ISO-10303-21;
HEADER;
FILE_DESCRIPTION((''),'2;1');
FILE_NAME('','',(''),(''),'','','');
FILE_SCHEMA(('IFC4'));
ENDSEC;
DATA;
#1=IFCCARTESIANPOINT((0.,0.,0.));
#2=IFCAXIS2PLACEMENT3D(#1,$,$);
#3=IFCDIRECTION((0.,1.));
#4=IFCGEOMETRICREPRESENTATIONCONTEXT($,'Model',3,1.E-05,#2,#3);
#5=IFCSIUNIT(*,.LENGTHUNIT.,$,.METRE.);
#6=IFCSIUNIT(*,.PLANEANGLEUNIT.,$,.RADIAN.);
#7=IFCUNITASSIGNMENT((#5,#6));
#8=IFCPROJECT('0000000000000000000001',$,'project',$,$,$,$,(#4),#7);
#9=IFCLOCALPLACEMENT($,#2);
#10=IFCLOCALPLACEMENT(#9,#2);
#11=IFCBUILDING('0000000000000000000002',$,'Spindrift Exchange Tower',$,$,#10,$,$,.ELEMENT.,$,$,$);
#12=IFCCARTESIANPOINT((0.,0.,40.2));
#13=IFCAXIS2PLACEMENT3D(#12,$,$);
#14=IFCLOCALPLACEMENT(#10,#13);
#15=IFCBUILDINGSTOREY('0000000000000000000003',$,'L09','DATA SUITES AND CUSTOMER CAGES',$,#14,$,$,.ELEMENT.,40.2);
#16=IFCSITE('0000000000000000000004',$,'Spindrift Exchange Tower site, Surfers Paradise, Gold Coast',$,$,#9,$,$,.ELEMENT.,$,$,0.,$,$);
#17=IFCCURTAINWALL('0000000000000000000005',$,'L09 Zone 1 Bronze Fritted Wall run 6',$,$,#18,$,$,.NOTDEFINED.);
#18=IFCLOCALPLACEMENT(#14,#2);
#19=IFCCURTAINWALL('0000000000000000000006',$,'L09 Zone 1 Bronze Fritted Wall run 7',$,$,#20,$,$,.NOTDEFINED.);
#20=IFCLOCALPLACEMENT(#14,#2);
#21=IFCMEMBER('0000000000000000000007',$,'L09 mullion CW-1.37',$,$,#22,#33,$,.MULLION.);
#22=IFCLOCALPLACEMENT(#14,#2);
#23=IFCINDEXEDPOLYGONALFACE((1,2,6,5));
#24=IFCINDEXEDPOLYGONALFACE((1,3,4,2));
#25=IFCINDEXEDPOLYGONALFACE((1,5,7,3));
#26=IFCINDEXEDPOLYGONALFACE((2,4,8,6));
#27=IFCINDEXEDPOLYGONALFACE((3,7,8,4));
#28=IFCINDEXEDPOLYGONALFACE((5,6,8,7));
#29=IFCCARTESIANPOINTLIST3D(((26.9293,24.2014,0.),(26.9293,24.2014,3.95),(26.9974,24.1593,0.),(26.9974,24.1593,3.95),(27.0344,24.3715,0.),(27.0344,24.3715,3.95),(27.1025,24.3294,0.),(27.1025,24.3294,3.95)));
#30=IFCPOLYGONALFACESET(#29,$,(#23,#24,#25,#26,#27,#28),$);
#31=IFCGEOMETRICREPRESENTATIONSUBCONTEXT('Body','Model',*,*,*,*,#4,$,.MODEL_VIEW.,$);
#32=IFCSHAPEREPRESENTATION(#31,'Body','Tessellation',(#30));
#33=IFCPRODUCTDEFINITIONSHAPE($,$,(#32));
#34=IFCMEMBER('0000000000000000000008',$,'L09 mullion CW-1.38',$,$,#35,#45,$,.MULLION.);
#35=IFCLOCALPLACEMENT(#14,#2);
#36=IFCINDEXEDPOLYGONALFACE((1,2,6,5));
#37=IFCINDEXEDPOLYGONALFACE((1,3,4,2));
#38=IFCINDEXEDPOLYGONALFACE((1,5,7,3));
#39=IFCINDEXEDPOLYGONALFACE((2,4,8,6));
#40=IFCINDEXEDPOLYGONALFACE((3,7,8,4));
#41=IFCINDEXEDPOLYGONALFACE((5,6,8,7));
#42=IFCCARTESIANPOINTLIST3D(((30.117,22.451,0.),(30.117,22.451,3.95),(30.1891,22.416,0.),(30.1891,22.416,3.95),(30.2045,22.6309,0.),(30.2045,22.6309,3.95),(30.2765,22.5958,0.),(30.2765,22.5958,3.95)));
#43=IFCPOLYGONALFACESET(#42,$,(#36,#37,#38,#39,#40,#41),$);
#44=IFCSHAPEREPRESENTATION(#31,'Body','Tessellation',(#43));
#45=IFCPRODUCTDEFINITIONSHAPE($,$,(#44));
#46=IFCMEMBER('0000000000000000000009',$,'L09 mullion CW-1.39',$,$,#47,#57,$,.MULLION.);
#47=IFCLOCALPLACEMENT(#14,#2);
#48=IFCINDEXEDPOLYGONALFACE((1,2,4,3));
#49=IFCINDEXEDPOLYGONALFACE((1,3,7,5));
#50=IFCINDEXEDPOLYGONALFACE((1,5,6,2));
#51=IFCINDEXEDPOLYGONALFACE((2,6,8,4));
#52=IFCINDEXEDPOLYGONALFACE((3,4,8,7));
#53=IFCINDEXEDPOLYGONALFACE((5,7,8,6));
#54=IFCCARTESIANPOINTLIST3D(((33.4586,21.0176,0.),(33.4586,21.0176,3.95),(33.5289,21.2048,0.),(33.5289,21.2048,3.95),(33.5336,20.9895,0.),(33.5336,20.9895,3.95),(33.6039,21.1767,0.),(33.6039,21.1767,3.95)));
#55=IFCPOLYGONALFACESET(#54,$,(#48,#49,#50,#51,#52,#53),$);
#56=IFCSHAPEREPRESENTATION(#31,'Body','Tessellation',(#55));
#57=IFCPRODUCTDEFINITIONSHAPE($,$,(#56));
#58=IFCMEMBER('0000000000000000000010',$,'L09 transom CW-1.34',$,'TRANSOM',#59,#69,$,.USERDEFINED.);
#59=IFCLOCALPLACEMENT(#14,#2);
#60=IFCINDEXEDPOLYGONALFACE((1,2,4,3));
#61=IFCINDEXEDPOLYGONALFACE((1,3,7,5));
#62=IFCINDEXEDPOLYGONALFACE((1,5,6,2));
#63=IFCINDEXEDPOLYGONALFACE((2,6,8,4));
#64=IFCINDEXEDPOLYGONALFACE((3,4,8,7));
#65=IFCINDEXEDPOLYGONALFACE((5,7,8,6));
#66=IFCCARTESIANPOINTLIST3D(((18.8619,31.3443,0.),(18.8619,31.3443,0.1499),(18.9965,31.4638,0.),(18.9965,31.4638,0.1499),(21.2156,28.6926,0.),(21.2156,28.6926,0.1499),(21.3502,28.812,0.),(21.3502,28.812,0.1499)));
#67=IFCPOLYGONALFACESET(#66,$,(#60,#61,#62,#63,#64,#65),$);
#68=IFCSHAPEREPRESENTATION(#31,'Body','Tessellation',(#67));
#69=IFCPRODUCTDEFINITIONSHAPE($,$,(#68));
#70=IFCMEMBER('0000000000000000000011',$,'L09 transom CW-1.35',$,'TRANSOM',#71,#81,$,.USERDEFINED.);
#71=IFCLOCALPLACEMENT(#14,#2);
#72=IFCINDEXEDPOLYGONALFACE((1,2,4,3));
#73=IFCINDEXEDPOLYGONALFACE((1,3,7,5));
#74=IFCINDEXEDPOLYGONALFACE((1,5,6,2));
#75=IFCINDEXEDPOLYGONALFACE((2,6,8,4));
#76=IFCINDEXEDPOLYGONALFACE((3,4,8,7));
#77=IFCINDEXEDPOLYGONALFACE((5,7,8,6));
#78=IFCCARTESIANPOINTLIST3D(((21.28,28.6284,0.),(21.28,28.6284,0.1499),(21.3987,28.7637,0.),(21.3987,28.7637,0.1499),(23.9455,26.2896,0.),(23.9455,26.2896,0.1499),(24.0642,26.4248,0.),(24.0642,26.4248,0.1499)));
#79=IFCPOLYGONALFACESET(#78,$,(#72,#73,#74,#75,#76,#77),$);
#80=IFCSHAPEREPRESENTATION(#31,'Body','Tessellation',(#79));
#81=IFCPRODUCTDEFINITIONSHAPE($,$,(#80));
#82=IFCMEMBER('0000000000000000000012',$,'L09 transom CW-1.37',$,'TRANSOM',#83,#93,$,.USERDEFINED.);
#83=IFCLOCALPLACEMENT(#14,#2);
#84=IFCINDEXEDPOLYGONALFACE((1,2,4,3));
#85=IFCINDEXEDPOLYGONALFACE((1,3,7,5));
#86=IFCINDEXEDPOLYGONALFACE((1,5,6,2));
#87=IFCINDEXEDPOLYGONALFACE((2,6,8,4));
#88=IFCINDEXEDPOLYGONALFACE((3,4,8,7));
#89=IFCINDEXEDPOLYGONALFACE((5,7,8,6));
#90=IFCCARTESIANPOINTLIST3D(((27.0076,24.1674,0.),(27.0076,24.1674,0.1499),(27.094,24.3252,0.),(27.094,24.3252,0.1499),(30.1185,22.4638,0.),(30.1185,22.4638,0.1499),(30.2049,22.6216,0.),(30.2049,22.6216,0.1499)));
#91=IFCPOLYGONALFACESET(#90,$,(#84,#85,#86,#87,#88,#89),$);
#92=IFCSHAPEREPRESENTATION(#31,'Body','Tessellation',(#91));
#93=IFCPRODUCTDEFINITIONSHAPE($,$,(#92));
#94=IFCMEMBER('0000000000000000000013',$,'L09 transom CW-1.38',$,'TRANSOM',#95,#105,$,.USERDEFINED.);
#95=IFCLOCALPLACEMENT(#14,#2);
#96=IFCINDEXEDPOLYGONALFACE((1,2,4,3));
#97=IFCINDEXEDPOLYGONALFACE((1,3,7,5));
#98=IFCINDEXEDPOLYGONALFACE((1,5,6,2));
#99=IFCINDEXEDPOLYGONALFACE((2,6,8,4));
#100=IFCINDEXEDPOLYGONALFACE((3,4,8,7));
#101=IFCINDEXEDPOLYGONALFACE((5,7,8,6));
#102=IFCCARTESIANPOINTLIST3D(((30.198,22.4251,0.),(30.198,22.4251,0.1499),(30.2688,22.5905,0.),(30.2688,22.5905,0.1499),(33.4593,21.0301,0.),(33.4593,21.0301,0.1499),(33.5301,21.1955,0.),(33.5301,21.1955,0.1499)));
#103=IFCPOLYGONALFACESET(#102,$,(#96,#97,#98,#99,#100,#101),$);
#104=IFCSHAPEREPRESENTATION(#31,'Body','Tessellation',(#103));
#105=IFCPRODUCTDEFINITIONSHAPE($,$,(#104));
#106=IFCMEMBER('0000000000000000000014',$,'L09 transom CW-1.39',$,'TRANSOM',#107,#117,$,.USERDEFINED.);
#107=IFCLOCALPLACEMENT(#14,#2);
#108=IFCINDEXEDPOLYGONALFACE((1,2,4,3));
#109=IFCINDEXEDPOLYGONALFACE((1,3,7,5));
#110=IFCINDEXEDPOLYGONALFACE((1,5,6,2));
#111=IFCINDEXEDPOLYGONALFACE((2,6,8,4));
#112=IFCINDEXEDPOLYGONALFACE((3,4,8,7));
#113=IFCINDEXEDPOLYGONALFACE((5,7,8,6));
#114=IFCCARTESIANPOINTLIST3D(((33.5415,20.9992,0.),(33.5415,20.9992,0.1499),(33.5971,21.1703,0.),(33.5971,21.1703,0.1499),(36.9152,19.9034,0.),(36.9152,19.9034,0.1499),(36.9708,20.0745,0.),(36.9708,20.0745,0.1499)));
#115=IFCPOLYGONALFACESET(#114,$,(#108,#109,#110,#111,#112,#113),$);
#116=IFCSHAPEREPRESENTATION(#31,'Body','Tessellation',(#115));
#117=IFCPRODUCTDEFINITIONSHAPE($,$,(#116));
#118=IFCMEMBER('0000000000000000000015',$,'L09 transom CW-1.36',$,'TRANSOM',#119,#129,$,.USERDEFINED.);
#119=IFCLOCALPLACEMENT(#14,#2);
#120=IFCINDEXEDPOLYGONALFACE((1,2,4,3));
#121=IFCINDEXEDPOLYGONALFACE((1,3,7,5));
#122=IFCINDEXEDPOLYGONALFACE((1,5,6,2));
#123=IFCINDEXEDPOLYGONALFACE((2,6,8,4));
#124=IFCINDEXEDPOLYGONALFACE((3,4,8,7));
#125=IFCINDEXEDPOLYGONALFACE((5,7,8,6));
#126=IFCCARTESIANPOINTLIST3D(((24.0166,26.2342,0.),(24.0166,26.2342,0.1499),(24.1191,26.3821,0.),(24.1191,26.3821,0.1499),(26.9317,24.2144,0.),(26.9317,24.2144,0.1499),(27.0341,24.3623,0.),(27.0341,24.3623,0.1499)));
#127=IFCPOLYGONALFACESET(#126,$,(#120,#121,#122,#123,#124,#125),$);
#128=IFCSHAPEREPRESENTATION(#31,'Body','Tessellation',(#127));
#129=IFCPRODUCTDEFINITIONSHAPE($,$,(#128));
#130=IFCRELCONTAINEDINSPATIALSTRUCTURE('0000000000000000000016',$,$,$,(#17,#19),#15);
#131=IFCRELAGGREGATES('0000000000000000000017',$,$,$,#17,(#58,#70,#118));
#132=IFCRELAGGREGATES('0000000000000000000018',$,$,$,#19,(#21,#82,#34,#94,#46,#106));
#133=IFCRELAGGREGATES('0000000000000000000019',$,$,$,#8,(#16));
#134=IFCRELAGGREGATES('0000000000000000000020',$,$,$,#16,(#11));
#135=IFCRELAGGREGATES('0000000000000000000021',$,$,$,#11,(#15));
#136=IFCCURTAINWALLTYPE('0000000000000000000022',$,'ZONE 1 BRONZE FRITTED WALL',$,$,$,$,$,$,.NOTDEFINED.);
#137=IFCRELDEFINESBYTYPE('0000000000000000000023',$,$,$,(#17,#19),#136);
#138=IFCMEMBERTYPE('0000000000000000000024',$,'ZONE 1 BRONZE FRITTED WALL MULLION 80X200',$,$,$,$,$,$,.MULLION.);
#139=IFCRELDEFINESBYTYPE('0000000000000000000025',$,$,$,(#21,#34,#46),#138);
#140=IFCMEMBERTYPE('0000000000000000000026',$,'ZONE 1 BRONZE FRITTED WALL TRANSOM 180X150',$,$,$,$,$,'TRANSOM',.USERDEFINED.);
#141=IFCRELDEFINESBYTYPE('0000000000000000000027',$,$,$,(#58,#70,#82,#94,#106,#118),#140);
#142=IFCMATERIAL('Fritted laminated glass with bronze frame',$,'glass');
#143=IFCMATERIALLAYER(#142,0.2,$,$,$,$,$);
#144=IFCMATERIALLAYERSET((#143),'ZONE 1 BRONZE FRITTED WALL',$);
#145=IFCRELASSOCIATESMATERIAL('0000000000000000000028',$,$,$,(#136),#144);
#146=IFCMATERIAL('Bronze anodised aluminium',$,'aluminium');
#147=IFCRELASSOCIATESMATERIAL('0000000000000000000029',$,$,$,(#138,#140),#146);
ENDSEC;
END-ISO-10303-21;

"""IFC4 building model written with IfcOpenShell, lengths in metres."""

from ifc_helpers import new_model, si_unit, direction, frame, origin, origin_2d, place, context, subcontext, project, spatial, rectangle, extrude, source, transform, mapped, material, layer, layer_set, material_profile, profile_set, type_object, element, aggregate, save


model = new_model("IFC4")

# Units and contexts
model_context = context("Model", 3, precision=1e-05, world=origin(), true_north=direction((0.0, 1.0)))
body_context = subcontext(model_context, "Body", "Model", "MODEL_VIEW")
ifc_project = project(units=[si_unit("LENGTHUNIT", "METRE"), si_unit("PLANEANGLEUNIT", "RADIAN")], contexts=[model_context])

# Site, building, storey
site_placement = place(None, origin())
site = spatial("IfcSite", under=ifc_project, at=site_placement, Name="Spindrift Exchange Tower site, Surfers Paradise, Gold Coast", CompositionType="ELEMENT", RefElevation=0.0)
building_placement = place(site_placement, origin())
building = spatial("IfcBuilding", under=site, at=building_placement, Name="Spindrift Exchange Tower", CompositionType="ELEMENT")
storey_placement = place(building_placement, frame((0.0, 0.0, 40.2)))
storey = spatial("IfcBuildingStorey", under=building, at=storey_placement, Name="L09", Description="DATA SUITES AND CUSTOMER CAGES", CompositionType="ELEMENT", Elevation=40.2)

# Curtain walls, members
ifc_material_1 = material(Name="Fritted laminated glass with bronze frame", Category="glass")
ifc_layer_1 = layer(ifc_material_1, 0.2)
ifc_layer_set_1 = layer_set([ifc_layer_1], Name="ZONE 1 BRONZE FRITTED WALL")
curtain_wall_type = type_object("IfcCurtainWallType", Name="ZONE 1 BRONZE FRITTED WALL", PredefinedType="NOTDEFINED", material=ifc_layer_set_1)
curtain_wall_1_placement = place(storey_placement, origin())
curtain_wall_1 = element("IfcCurtainWall", 1, at=curtain_wall_1_placement, inside=storey, type_object=curtain_wall_type, Name="L09 Zone 1 Bronze Fritted Wall run 6", PredefinedType="NOTDEFINED")
ifc_material_2 = material(Name="Bronze anodised aluminium", Category="aluminium")
ifc_material_profile_1 = material_profile(ifc_material_2, rectangle(XDim=0.0801, YDim=0.2, at=origin_2d()), Name="ZONE 1 BRONZE FRITTED WALL MULLION 80X200")
ifc_profile_set_1 = profile_set([ifc_material_profile_1], Name="Bronze anodised aluminium")
member_type_1 = type_object("IfcMemberType", Name="ZONE 1 BRONZE FRITTED WALL MULLION 80X200", PredefinedType="MULLION", material=ifc_profile_set_1)
shared_shape_1 = source(origin(), body_context, "Body", "SweptSolid", [
    extrude(rectangle(XDim=0.0801, YDim=0.2, at=origin_2d()), origin(), (0.0, 0.0, 1.0), 3.95),
])
curtain_wall_2_placement = place(storey_placement, origin())
curtain_wall_2 = element("IfcCurtainWall", 2, at=curtain_wall_2_placement, inside=storey, type_object=curtain_wall_type, Name="L09 Zone 1 Bronze Fritted Wall run 7", PredefinedType="NOTDEFINED")
member_1_placement = place(storey_placement, frame((27.0159, 24.2654, 0.0), z_axis=(0.0, 0.0, 1.0), x_axis=(0.850696, -0.525659, 0.0)))
member_1 = element("IfcMember", 3, at=member_1_placement, type_object=member_type_1, Name="L09 mullion CW-1.37", PredefinedType="MULLION", context=body_context, shape_type="MappedRepresentation", body=[
    mapped(shared_shape_1, transform((0.0, 0.0, 0.0), scale=1.0)),
])
member_2_placement = place(storey_placement, frame((30.1968, 22.5234, 0.0), z_axis=(0.0, 0.0, 1.0), x_axis=(0.899305, -0.437322, 0.0)))
member_2 = element("IfcMember", 4, at=member_2_placement, type_object=member_type_1, Name="L09 mullion CW-1.38", PredefinedType="MULLION", context=body_context, shape_type="MappedRepresentation", body=[
    mapped(shared_shape_1, transform((0.0, 0.0, 0.0), scale=1.0)),
])
member_3_placement = place(storey_placement, frame((33.5312, 21.0972, 0.0), z_axis=(0.0, 0.0, 1.0), x_axis=(0.936202, -0.351462, 0.0)))
member_3 = element("IfcMember", 5, at=member_3_placement, type_object=member_type_1, Name="L09 mullion CW-1.39", PredefinedType="MULLION", context=body_context, shape_type="MappedRepresentation", body=[
    mapped(shared_shape_1, transform((0.0, 0.0, 0.0), scale=1.0)),
])

# Members
ifc_material_profile_2 = material_profile(ifc_material_2, rectangle(XDim=0.1799, YDim=0.1499, at=origin_2d()), Name="ZONE 1 BRONZE FRITTED WALL TRANSOM 180X150")
ifc_profile_set_2 = profile_set([ifc_material_profile_2], Name="Bronze anodised aluminium")
member_type_2 = type_object("IfcMemberType", Name="ZONE 1 BRONZE FRITTED WALL TRANSOM 180X150", ElementType="TRANSOM", PredefinedType="USERDEFINED", material=ifc_profile_set_2)
shared_shape_2 = source(origin(), body_context, "Body", "SweptSolid", [
    extrude(rectangle(XDim=0.1799, YDim=0.1499, at=origin_2d()), origin(), (0.0, 0.0, 1.0), 3.5457),
])
member_4_placement = place(storey_placement, frame((18.9292, 31.4041, 0.075), z_axis=(0.663821, -0.747892, 0.0), x_axis=(0.747892, 0.663821, 0.0)))
member_4 = element("IfcMember", 6, at=member_4_placement, type_object=member_type_2, Name="L09 transom CW-1.34", ObjectType="TRANSOM", PredefinedType="USERDEFINED", context=body_context, shape_type="MappedRepresentation", body=[
    mapped(shared_shape_2, transform((0.0, 0.0, 0.0), scale=1.0)),
])
shared_shape_3 = source(origin(), body_context, "Body", "SweptSolid", [
    extrude(rectangle(XDim=0.1799, YDim=0.1499, at=origin_2d()), origin(), (0.0, 0.0, 1.0), 3.5461),
])
member_5_placement = place(storey_placement, frame((21.3394, 28.696, 0.075), z_axis=(0.751663, -0.659547, 0.0), x_axis=(0.659547, 0.751663, 0.0)))
member_5 = element("IfcMember", 7, at=member_5_placement, type_object=member_type_2, Name="L09 transom CW-1.35", ObjectType="TRANSOM", PredefinedType="USERDEFINED", context=body_context, shape_type="MappedRepresentation", body=[
    mapped(shared_shape_3, transform((0.0, 0.0, 0.0), scale=1.0)),
])
shared_shape_4 = source(origin(), body_context, "Body", "SweptSolid", [
    extrude(rectangle(XDim=0.1799, YDim=0.1499, at=origin_2d()), origin(), (0.0, 0.0, 1.0), 3.5469),
])
member_6_placement = place(storey_placement, frame((27.0508, 24.2463, 0.075), z_axis=(0.877089, -0.480327, 0.0), x_axis=(0.480327, 0.877089, 0.0)))
member_6 = element("IfcMember", 8, at=member_6_placement, type_object=member_type_2, Name="L09 transom CW-1.37", ObjectType="TRANSOM", PredefinedType="USERDEFINED", context=body_context, shape_type="MappedRepresentation", body=[
    mapped(shared_shape_4, transform((0.0, 0.0, 0.0), scale=1.0)),
])
shared_shape_5 = source(origin(), body_context, "Body", "SweptSolid", [
    extrude(rectangle(XDim=0.1799, YDim=0.1499, at=origin_2d()), origin(), (0.0, 0.0, 1.0), 3.5471),
])
member_7_placement = place(storey_placement, frame((30.2334, 22.5078, 0.075), z_axis=(0.919415, -0.393288, 0.0), x_axis=(0.393288, 0.919415, 0.0)))
member_7 = element("IfcMember", 9, at=member_7_placement, type_object=member_type_2, Name="L09 transom CW-1.38", ObjectType="TRANSOM", PredefinedType="USERDEFINED", context=body_context, shape_type="MappedRepresentation", body=[
    mapped(shared_shape_5, transform((0.0, 0.0, 0.0), scale=1.0)),
])
member_8_placement = place(storey_placement, frame((33.5693, 21.0847, 0.075), z_axis=(0.951092, -0.308909, 0.0), x_axis=(0.308909, 0.951092, 0.0)))
member_8 = element("IfcMember", 10, at=member_8_placement, type_object=member_type_2, Name="L09 transom CW-1.39", ObjectType="TRANSOM", PredefinedType="USERDEFINED", context=body_context, shape_type="MappedRepresentation", body=[
    mapped(shared_shape_5, transform((0.0, 0.0, 0.0), scale=1.0)),
])
shared_shape_6 = source(origin(), body_context, "Body", "SweptSolid", [
    extrude(rectangle(XDim=0.1799, YDim=0.1499, at=origin_2d()), origin(), (0.0, 0.0, 1.0), 3.5464),
])
member_9_placement = place(storey_placement, frame((24.0679, 26.3081, 0.075), z_axis=(0.821972, -0.569529, 0.0), x_axis=(0.569529, 0.821972, 0.0)))
member_9 = element("IfcMember", 11, at=member_9_placement, type_object=member_type_2, Name="L09 transom CW-1.36", ObjectType="TRANSOM", PredefinedType="USERDEFINED", context=body_context, shape_type="MappedRepresentation", body=[
    mapped(shared_shape_6, transform((0.0, 0.0, 0.0), scale=1.0)),
])

aggregate(curtain_wall_1, [member_4, member_5, member_9])
aggregate(curtain_wall_2, [member_1, member_6, member_2, member_7, member_3, member_8])

save(model, "model.ifc")
